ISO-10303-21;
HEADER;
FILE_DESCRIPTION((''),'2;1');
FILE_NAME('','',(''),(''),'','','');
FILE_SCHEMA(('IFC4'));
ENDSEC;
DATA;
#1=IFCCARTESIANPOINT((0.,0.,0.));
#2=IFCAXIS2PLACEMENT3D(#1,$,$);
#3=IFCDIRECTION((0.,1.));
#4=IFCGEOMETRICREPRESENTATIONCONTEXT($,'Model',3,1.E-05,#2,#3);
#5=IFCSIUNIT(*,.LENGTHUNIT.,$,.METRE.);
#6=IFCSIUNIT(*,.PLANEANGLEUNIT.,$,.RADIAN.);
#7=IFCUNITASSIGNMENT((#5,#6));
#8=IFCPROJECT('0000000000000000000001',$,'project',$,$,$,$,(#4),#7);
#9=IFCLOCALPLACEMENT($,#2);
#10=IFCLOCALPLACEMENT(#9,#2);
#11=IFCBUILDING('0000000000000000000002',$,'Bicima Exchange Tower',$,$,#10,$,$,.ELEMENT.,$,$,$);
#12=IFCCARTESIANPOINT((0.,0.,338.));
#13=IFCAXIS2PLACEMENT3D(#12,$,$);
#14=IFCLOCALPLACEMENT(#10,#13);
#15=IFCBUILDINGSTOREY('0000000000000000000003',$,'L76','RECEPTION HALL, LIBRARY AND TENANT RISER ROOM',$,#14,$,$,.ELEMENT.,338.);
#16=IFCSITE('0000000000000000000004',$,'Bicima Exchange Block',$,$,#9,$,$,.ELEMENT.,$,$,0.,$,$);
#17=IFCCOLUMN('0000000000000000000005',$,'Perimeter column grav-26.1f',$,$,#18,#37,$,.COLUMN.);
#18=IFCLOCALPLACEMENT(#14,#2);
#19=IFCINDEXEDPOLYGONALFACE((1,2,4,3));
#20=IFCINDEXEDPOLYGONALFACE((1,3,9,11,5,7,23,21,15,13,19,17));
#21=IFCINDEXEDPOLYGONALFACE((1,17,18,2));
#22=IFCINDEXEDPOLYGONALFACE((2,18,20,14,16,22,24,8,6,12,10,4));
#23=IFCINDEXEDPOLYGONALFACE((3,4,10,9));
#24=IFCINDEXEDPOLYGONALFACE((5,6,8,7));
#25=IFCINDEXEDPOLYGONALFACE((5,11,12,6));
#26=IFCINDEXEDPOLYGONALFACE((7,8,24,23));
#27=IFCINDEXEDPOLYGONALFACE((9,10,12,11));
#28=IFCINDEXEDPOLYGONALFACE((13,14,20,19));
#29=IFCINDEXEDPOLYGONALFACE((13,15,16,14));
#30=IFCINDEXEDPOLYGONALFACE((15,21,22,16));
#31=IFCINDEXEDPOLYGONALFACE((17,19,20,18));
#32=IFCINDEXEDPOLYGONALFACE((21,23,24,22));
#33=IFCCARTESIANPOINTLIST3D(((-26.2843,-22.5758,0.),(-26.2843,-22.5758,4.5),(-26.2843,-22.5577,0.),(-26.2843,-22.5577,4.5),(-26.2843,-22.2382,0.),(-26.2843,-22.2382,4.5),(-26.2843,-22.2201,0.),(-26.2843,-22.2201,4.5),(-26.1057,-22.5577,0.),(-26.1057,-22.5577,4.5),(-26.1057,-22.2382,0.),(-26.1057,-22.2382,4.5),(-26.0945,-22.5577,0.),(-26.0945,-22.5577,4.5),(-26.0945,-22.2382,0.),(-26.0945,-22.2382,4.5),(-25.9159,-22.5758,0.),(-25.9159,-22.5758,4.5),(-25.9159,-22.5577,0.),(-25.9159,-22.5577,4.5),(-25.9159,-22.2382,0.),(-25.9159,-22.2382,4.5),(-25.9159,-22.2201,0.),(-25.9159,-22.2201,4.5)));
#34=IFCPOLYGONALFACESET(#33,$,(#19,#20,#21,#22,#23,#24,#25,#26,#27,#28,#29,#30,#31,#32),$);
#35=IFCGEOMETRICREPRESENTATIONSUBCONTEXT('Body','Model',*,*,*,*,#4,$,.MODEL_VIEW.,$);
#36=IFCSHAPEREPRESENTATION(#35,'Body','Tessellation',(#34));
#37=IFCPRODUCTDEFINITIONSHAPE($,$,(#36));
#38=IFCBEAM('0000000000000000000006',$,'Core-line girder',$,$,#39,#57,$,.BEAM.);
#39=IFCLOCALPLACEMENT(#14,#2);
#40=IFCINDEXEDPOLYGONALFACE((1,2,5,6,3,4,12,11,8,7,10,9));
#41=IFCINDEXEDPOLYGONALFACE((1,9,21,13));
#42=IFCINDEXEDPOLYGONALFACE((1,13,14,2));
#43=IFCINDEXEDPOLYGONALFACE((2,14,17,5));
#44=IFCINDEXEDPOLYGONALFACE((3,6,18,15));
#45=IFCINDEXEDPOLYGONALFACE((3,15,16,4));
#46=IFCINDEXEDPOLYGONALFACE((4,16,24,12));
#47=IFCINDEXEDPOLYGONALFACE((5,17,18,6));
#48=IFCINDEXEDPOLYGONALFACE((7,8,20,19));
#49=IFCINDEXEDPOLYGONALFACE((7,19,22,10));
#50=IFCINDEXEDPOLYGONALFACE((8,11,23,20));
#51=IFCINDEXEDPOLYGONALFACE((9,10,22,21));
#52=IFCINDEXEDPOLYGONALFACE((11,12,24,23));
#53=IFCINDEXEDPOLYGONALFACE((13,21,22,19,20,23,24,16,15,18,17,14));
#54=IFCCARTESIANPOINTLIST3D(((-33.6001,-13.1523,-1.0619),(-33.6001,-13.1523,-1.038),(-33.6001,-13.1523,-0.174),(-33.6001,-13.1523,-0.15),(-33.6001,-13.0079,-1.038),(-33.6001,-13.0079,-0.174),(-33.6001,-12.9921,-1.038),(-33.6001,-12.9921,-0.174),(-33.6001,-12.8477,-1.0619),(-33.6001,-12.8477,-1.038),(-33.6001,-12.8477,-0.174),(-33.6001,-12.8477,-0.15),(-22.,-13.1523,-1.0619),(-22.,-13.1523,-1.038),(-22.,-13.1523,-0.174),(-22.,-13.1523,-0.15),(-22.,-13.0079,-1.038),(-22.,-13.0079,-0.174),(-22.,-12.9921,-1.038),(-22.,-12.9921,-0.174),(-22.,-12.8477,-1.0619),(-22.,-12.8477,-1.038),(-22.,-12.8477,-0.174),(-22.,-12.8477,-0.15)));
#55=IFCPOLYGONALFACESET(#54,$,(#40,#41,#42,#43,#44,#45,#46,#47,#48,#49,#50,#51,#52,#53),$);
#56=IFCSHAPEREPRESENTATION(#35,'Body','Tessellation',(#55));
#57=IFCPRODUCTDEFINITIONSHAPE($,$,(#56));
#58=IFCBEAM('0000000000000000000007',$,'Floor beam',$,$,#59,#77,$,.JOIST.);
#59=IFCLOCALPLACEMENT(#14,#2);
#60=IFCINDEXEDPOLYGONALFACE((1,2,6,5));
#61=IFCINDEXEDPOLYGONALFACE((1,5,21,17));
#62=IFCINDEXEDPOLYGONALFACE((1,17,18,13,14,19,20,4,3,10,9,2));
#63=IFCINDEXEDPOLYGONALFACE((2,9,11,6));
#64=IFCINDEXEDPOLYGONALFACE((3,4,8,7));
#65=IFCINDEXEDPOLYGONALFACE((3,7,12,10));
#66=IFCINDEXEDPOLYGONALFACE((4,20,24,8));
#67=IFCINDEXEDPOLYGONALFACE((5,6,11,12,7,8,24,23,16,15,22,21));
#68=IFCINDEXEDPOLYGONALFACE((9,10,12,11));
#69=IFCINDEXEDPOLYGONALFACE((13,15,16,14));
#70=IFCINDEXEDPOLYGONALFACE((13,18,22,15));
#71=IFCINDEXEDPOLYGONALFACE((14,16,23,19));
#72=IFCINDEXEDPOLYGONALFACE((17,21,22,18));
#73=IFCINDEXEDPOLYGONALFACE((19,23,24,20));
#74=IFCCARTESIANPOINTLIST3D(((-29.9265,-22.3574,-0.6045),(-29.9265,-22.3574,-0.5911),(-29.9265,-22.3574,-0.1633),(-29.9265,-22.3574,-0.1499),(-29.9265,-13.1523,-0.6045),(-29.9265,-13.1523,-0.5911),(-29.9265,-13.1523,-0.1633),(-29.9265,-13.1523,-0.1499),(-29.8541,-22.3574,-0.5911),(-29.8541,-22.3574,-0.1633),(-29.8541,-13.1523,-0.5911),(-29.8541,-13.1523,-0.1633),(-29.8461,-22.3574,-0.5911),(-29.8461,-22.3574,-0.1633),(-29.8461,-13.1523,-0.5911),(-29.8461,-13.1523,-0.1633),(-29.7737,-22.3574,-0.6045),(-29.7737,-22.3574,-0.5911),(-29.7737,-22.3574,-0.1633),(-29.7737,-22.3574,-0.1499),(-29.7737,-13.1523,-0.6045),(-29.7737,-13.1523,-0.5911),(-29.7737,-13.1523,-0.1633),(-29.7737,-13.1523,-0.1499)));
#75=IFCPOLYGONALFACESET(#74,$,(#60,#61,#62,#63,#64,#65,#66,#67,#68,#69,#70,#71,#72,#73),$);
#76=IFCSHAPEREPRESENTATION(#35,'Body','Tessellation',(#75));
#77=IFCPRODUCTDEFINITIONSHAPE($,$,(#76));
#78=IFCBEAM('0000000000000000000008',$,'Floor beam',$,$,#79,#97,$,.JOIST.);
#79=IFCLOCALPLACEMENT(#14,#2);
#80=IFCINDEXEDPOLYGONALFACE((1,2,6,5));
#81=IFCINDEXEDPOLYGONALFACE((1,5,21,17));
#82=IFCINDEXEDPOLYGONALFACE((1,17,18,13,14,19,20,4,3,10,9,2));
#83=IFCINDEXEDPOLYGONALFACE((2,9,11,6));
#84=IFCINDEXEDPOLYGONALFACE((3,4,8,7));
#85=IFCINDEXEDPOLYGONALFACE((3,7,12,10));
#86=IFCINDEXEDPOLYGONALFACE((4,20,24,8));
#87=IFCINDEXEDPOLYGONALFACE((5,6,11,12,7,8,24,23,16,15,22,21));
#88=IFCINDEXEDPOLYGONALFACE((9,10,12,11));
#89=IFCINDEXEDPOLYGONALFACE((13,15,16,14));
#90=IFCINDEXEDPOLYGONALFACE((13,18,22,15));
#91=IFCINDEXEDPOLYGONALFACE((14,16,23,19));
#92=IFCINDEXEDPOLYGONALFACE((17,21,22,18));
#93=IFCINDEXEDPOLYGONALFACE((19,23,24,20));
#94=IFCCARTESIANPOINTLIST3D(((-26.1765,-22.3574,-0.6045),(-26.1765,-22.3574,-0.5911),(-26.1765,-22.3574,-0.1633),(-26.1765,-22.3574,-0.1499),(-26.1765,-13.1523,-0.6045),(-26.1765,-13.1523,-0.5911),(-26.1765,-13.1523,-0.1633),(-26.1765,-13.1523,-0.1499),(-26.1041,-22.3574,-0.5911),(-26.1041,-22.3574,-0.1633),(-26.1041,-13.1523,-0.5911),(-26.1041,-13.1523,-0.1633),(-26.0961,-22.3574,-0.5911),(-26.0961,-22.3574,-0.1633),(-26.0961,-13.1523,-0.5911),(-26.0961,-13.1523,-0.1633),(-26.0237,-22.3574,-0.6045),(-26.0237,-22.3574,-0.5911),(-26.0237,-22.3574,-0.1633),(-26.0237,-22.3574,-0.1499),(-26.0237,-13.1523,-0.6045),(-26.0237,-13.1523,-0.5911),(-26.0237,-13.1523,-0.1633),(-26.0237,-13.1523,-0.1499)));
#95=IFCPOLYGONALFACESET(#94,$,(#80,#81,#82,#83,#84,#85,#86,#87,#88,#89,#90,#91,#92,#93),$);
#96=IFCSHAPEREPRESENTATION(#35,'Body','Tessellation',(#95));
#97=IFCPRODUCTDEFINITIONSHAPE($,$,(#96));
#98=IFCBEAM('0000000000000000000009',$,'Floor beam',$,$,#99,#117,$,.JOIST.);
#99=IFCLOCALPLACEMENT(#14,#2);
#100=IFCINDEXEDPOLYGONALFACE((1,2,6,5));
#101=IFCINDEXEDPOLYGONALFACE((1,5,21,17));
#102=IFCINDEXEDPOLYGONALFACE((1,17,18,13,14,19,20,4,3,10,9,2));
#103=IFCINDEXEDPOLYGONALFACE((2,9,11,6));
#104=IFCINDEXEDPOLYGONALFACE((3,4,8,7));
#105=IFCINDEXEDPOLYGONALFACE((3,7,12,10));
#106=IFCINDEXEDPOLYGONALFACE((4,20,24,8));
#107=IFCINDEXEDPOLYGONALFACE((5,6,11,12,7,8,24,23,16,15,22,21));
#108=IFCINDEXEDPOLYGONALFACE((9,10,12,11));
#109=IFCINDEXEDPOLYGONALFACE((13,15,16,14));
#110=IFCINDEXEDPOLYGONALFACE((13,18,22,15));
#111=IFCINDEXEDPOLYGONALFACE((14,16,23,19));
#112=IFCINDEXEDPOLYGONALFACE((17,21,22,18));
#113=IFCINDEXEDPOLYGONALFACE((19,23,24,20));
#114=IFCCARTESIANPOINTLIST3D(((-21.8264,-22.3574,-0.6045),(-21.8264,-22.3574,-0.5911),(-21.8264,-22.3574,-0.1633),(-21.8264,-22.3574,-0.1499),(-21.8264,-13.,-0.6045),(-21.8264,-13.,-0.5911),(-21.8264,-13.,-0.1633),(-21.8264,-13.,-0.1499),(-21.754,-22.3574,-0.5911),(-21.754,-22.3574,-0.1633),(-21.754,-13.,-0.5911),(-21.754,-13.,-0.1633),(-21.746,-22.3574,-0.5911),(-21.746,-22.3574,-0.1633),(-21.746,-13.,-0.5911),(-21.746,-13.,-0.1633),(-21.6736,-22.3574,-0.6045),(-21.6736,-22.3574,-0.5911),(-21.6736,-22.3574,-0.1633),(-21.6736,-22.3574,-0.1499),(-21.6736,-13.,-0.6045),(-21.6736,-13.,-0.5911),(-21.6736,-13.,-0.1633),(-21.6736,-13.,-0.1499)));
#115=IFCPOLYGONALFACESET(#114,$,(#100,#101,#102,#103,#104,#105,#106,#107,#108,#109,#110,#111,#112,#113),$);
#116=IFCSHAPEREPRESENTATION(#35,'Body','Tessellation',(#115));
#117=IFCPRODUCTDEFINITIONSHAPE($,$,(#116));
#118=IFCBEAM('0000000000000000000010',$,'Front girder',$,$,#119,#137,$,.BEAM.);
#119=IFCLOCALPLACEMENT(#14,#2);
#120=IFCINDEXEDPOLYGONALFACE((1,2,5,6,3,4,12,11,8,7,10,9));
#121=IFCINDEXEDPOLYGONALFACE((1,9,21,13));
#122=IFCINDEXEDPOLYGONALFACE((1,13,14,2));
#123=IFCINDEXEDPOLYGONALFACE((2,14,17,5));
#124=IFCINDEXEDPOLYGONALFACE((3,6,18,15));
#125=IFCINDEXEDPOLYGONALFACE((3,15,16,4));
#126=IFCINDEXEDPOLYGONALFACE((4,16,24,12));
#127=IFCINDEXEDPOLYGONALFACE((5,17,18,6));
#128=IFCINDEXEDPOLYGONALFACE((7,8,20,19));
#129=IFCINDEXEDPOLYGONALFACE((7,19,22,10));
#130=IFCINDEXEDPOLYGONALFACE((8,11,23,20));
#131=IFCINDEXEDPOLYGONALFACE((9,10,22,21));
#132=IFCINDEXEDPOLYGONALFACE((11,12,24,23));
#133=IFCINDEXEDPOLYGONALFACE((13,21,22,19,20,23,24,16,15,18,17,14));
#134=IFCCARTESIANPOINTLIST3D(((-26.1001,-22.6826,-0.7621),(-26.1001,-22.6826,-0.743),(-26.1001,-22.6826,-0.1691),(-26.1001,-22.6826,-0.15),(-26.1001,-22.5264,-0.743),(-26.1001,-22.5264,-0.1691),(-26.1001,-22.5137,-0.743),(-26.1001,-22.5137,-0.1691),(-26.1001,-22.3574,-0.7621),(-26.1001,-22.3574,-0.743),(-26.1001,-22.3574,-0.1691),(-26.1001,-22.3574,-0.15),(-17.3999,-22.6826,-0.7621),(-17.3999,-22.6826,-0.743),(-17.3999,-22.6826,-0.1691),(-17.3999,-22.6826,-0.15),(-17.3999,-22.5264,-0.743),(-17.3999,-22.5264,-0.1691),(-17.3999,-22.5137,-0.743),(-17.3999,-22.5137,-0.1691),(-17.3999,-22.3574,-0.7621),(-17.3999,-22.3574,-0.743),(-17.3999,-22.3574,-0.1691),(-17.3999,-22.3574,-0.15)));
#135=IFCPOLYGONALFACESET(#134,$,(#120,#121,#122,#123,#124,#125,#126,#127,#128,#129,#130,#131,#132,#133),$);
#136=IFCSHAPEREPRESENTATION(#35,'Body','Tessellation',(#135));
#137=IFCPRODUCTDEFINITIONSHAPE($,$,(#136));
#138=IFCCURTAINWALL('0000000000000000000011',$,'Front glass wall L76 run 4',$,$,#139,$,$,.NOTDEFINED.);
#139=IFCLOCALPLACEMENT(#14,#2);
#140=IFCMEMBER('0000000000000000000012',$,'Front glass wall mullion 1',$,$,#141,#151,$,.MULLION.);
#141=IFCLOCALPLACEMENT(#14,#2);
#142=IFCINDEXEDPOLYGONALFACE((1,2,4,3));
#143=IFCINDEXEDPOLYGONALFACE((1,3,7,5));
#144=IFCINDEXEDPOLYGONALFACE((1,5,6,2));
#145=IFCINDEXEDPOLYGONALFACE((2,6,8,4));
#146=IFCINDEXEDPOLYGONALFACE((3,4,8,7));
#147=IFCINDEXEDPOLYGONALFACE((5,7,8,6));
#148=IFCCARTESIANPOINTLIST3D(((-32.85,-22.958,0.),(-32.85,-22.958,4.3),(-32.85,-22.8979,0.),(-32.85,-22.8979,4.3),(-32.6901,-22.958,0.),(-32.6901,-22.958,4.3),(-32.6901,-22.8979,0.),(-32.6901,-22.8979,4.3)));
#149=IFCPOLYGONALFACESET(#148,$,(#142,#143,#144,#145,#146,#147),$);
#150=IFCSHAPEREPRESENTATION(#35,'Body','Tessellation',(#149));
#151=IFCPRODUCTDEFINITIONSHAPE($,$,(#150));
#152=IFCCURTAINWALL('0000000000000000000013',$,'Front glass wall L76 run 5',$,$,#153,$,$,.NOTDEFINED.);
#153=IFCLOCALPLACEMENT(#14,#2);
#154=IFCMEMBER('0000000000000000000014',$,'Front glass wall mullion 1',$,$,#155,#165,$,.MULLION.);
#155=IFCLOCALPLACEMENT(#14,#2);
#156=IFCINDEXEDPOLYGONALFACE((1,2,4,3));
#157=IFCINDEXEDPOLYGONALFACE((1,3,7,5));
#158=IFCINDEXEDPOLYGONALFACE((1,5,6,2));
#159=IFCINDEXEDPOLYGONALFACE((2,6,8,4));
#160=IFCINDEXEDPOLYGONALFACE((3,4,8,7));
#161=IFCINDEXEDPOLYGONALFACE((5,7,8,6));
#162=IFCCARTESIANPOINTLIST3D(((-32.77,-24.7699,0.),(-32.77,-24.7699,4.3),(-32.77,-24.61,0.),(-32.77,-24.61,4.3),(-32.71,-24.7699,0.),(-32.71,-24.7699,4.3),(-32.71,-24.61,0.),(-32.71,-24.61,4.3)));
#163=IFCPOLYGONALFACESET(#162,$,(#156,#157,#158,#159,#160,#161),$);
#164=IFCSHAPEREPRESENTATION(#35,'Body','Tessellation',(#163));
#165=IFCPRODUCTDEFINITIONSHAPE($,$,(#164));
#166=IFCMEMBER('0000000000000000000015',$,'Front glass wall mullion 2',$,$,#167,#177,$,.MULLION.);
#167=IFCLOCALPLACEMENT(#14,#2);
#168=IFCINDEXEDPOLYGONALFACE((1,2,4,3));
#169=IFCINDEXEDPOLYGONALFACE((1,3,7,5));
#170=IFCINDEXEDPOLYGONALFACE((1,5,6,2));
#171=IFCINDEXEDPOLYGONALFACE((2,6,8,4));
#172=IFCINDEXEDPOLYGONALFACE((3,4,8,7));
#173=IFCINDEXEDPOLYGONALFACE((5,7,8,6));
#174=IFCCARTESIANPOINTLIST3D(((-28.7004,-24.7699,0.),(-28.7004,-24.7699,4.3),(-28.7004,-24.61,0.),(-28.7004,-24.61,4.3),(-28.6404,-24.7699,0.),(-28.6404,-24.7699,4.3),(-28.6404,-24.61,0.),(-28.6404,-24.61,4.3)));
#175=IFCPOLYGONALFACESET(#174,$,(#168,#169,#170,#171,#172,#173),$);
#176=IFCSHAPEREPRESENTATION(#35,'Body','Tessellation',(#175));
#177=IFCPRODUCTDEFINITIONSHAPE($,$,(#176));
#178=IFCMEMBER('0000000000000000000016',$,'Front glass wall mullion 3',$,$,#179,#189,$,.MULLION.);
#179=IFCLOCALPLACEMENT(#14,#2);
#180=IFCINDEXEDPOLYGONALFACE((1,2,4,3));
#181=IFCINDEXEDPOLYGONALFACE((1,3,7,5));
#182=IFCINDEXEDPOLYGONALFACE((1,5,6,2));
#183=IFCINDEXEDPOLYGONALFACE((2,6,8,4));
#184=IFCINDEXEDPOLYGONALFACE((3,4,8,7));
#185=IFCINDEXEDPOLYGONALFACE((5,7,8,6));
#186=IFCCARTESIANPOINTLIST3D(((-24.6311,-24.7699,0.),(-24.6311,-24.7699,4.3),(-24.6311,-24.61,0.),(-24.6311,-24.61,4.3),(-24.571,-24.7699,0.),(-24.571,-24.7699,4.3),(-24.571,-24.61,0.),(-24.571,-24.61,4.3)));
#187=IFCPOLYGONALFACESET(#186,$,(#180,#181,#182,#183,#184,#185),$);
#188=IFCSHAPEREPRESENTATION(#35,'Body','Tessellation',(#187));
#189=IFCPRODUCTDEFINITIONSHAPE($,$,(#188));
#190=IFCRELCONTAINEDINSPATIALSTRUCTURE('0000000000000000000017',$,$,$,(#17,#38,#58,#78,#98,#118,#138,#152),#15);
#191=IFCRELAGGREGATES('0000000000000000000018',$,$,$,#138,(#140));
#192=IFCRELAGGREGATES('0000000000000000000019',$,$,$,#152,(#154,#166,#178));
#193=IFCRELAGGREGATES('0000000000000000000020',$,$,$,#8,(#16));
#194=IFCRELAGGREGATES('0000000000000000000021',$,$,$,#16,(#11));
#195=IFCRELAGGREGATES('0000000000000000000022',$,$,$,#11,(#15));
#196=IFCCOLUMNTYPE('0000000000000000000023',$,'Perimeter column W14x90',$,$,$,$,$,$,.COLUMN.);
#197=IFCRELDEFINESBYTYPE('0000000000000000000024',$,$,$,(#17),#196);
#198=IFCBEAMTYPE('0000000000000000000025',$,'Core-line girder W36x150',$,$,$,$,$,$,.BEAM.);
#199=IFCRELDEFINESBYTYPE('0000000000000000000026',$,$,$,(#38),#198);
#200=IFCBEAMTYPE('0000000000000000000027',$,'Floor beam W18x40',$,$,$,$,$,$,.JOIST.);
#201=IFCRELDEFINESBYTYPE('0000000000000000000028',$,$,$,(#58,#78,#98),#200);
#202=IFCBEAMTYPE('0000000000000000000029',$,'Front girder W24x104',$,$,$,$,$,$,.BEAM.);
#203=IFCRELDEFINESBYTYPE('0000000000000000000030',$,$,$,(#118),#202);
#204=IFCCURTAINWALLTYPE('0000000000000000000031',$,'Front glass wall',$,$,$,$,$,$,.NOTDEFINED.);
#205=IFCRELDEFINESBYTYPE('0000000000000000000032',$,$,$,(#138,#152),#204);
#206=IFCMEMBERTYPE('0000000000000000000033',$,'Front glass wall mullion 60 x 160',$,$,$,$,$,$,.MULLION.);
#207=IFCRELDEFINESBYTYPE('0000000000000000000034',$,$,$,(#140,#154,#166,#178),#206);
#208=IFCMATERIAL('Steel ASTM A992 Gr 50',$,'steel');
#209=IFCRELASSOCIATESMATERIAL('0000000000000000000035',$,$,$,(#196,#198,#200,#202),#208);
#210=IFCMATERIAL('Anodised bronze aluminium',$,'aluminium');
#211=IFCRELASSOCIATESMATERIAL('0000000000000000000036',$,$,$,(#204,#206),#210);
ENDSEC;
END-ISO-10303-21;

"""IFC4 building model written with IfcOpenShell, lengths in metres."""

from ifc_helpers import new_model, si_unit, direction, frame, origin, origin_2d, place, context, subcontext, project, spatial, rectangle, i_section, extrude, material, material_profile, profile_set, type_object, element, aggregate, save


model = new_model("IFC4")

# Units and contexts
model_context = context("Model", 3, precision=1e-05, world=origin(), true_north=direction((0.0, 1.0)))
body_context = subcontext(model_context, "Body", "Model", "MODEL_VIEW")
ifc_project = project(units=[si_unit("LENGTHUNIT", "METRE"), si_unit("PLANEANGLEUNIT", "RADIAN")], contexts=[model_context])

# Site, building, storey
site_placement = place(None, origin())
site = spatial("IfcSite", under=ifc_project, at=site_placement, Name="Bicima Exchange Block", CompositionType="ELEMENT", RefElevation=0.0)
building_placement = place(site_placement, origin())
building = spatial("IfcBuilding", under=site, at=building_placement, Name="Bicima Exchange Tower", CompositionType="ELEMENT")
storey_placement = place(building_placement, frame((0.0, 0.0, 338.0)))
storey = spatial("IfcBuildingStorey", under=building, at=storey_placement, Name="L76", Description="RECEPTION HALL, LIBRARY AND TENANT RISER ROOM", CompositionType="ELEMENT", Elevation=338.0)

# Column
ifc_material_1 = material(Name="Steel ASTM A992 Gr 50", Category="steel")
ifc_material_profile_1 = material_profile(ifc_material_1, i_section(OverallWidth=0.3684, OverallDepth=0.3557, WebThickness=0.0112, FlangeThickness=0.0181, at=origin_2d()))
ifc_profile_set_1 = profile_set([ifc_material_profile_1], Name="Steel ASTM A992 Gr 50")
column_type = type_object("IfcColumnType", Name="Perimeter column W14x90", PredefinedType="COLUMN", material=ifc_profile_set_1)
column_placement = place(storey_placement, frame((-26.1001, -22.3979, 0.0), z_axis=(0.0, 0.0, 1.0), x_axis=(1.0, 0.0, 0.0)))
element("IfcColumn", 1, at=column_placement, inside=storey, type_object=column_type, Name="Perimeter column grav-26.1f", PredefinedType="COLUMN", context=body_context, shape_type="SweptSolid", body=[
    extrude(i_section(OverallWidth=0.3684, OverallDepth=0.3557, WebThickness=0.0112, FlangeThickness=0.0181, at=origin_2d()), origin(), (0.0, 0.0, 1.0), 4.5),
])

# Beams
ifc_material_profile_2 = material_profile(ifc_material_1, i_section(OverallWidth=0.3047, OverallDepth=0.9119, WebThickness=0.0159, FlangeThickness=0.0239, at=origin_2d()))
ifc_profile_set_2 = profile_set([ifc_material_profile_2], Name="Steel ASTM A992 Gr 50")
beam_type_1 = type_object("IfcBeamType", Name="Core-line girder W36x150", PredefinedType="BEAM", material=ifc_profile_set_2)
beam_1_placement = place(storey_placement, frame((-22.0, -13.0, -0.606), z_axis=(-1.0, 0.0, 0.0), x_axis=(0.0, -1.0, 0.0)))
element("IfcBeam", 2, at=beam_1_placement, inside=storey, type_object=beam_type_1, Name="Core-line girder", PredefinedType="BEAM", context=body_context, shape_type="SweptSolid", body=[
    extrude(i_section(OverallWidth=0.3047, OverallDepth=0.9119, WebThickness=0.0159, FlangeThickness=0.0239, at=origin_2d()), origin(), (0.0, 0.0, 1.0), 11.6001),
])
ifc_material_profile_3 = material_profile(ifc_material_1, i_section(OverallWidth=0.1528, OverallDepth=0.4546, WebThickness=0.0081, FlangeThickness=0.0134, at=origin_2d()))
ifc_profile_set_3 = profile_set([ifc_material_profile_3], Name="Steel ASTM A992 Gr 50")
beam_type_2 = type_object("IfcBeamType", Name="Floor beam W18x40", PredefinedType="JOIST", material=ifc_profile_set_3)
for number, where, z_axis, x_axis, name in (
    (3, (-29.8501, -13.1523, -0.3772), (0.0, -1.0, 0.0), (1.0, 0.0, 0.0), "Floor beam"),
    (4, (-26.1001, -13.1523, -0.3772), (0.0, -1.0, 0.0), (1.0, 0.0, 0.0), "Floor beam"),
):
    element("IfcBeam", number, at=place(storey_placement, frame(where, z_axis=z_axis, x_axis=x_axis)), inside=storey, type_object=beam_type_2, Name=name, PredefinedType="JOIST", context=body_context, shape_type="SweptSolid", body=[
        extrude(i_section(OverallWidth=0.1528, OverallDepth=0.4546, WebThickness=0.0081, FlangeThickness=0.0134, at=origin_2d()), origin(), (0.0, 0.0, 1.0), 9.2051),
    ])
beam_2_placement = place(storey_placement, frame((-21.75, -13.0, -0.3772), z_axis=(0.0, -1.0, 0.0), x_axis=(1.0, 0.0, 0.0)))
element("IfcBeam", 5, at=beam_2_placement, inside=storey, type_object=beam_type_2, Name="Floor beam", PredefinedType="JOIST", context=body_context, shape_type="SweptSolid", body=[
    extrude(i_section(OverallWidth=0.1528, OverallDepth=0.4546, WebThickness=0.0081, FlangeThickness=0.0134, at=origin_2d()), origin(), (0.0, 0.0, 1.0), 9.3574),
])
ifc_material_profile_4 = material_profile(ifc_material_1, i_section(OverallWidth=0.3252, OverallDepth=0.6121, WebThickness=0.0127, FlangeThickness=0.019, at=origin_2d()))
ifc_profile_set_4 = profile_set([ifc_material_profile_4], Name="Steel ASTM A992 Gr 50")
beam_type_3 = type_object("IfcBeamType", Name="Front girder W24x104", PredefinedType="BEAM", material=ifc_profile_set_4)
beam_3_placement = place(storey_placement, frame((-26.1001, -22.52, -0.4561), z_axis=(1.0, 0.0, 0.0), x_axis=(0.0, 1.0, 0.0)))
element("IfcBeam", 6, at=beam_3_placement, inside=storey, type_object=beam_type_3, Name="Front girder", PredefinedType="BEAM", context=body_context, shape_type="SweptSolid", body=[
    extrude(i_section(OverallWidth=0.3252, OverallDepth=0.6121, WebThickness=0.0127, FlangeThickness=0.019, at=origin_2d()), origin(), (0.0, 0.0, 1.0), 8.7002),
])

# Curtain wall, member
ifc_material_2 = material(Name="Anodised bronze aluminium", Category="aluminium")
curtain_wall_type = type_object("IfcCurtainWallType", Name="Front glass wall", PredefinedType="NOTDEFINED", material=ifc_material_2)
curtain_wall_1_placement = place(storey_placement, origin())
curtain_wall_1 = element("IfcCurtainWall", 7, at=curtain_wall_1_placement, inside=storey, type_object=curtain_wall_type, Name="Front glass wall L76 run 4", PredefinedType="NOTDEFINED")
ifc_material_profile_5 = material_profile(ifc_material_2, rectangle(XDim=0.1599, YDim=0.0601, at=origin_2d()))
ifc_profile_set_5 = profile_set([ifc_material_profile_5], Name="Anodised bronze aluminium")
member_type_1 = type_object("IfcMemberType", Name="Front glass wall mullion 60 x 160", PredefinedType="MULLION", material=ifc_profile_set_5)
member_1_placement = place(storey_placement, frame((-32.77, -22.928, 0.0), z_axis=(0.0, 0.0, 1.0), x_axis=(1.0, 0.0, 0.0)))
member_1 = element("IfcMember", 8, at=member_1_placement, type_object=member_type_1, Name="Front glass wall mullion 1", PredefinedType="MULLION", context=body_context, shape_type="SweptSolid", body=[
    extrude(rectangle(XDim=0.1599, YDim=0.0601, at=origin_2d()), origin(), (0.0, 0.0, 1.0), 4.3),
])
aggregate(curtain_wall_1, [member_1])

# Curtain wall, members
curtain_wall_2_placement = place(storey_placement, origin())
curtain_wall_2 = element("IfcCurtainWall", 9, at=curtain_wall_2_placement, inside=storey, type_object=curtain_wall_type, Name="Front glass wall L76 run 5", PredefinedType="NOTDEFINED")
member_2_placement = place(storey_placement, frame((-32.74, -24.6899, 0.0), z_axis=(0.0, 0.0, 1.0), x_axis=(0.0, 1.0, 0.0)))
member_2 = element("IfcMember", 10, at=member_2_placement, type_object=member_type_1, Name="Front glass wall mullion 1", PredefinedType="MULLION", context=body_context, shape_type="SweptSolid", body=[
    extrude(rectangle(XDim=0.1599, YDim=0.0601, at=origin_2d()), origin(), (0.0, 0.0, 1.0), 4.3),
])
member_3_placement = place(storey_placement, frame((-28.6704, -24.6899, 0.0), z_axis=(0.0, 0.0, 1.0), x_axis=(0.0, 1.0, 0.0)))
member_3 = element("IfcMember", 11, at=member_3_placement, type_object=member_type_1, Name="Front glass wall mullion 2", PredefinedType="MULLION", context=body_context, shape_type="SweptSolid", body=[
    extrude(rectangle(XDim=0.1599, YDim=0.0601, at=origin_2d()), origin(), (0.0, 0.0, 1.0), 4.3),
])
member_4_placement = place(storey_placement, frame((-24.6011, -24.6899, 0.0), z_axis=(0.0, 0.0, 1.0), x_axis=(0.0, 1.0, 0.0)))
member_4 = element("IfcMember", 12, at=member_4_placement, type_object=member_type_1, Name="Front glass wall mullion 3", PredefinedType="MULLION", context=body_context, shape_type="SweptSolid", body=[
    extrude(rectangle(XDim=0.1599, YDim=0.0601, at=origin_2d()), origin(), (0.0, 0.0, 1.0), 4.3),
])
aggregate(curtain_wall_2, [member_2, member_3, member_4])

save(model, "model.ifc")
